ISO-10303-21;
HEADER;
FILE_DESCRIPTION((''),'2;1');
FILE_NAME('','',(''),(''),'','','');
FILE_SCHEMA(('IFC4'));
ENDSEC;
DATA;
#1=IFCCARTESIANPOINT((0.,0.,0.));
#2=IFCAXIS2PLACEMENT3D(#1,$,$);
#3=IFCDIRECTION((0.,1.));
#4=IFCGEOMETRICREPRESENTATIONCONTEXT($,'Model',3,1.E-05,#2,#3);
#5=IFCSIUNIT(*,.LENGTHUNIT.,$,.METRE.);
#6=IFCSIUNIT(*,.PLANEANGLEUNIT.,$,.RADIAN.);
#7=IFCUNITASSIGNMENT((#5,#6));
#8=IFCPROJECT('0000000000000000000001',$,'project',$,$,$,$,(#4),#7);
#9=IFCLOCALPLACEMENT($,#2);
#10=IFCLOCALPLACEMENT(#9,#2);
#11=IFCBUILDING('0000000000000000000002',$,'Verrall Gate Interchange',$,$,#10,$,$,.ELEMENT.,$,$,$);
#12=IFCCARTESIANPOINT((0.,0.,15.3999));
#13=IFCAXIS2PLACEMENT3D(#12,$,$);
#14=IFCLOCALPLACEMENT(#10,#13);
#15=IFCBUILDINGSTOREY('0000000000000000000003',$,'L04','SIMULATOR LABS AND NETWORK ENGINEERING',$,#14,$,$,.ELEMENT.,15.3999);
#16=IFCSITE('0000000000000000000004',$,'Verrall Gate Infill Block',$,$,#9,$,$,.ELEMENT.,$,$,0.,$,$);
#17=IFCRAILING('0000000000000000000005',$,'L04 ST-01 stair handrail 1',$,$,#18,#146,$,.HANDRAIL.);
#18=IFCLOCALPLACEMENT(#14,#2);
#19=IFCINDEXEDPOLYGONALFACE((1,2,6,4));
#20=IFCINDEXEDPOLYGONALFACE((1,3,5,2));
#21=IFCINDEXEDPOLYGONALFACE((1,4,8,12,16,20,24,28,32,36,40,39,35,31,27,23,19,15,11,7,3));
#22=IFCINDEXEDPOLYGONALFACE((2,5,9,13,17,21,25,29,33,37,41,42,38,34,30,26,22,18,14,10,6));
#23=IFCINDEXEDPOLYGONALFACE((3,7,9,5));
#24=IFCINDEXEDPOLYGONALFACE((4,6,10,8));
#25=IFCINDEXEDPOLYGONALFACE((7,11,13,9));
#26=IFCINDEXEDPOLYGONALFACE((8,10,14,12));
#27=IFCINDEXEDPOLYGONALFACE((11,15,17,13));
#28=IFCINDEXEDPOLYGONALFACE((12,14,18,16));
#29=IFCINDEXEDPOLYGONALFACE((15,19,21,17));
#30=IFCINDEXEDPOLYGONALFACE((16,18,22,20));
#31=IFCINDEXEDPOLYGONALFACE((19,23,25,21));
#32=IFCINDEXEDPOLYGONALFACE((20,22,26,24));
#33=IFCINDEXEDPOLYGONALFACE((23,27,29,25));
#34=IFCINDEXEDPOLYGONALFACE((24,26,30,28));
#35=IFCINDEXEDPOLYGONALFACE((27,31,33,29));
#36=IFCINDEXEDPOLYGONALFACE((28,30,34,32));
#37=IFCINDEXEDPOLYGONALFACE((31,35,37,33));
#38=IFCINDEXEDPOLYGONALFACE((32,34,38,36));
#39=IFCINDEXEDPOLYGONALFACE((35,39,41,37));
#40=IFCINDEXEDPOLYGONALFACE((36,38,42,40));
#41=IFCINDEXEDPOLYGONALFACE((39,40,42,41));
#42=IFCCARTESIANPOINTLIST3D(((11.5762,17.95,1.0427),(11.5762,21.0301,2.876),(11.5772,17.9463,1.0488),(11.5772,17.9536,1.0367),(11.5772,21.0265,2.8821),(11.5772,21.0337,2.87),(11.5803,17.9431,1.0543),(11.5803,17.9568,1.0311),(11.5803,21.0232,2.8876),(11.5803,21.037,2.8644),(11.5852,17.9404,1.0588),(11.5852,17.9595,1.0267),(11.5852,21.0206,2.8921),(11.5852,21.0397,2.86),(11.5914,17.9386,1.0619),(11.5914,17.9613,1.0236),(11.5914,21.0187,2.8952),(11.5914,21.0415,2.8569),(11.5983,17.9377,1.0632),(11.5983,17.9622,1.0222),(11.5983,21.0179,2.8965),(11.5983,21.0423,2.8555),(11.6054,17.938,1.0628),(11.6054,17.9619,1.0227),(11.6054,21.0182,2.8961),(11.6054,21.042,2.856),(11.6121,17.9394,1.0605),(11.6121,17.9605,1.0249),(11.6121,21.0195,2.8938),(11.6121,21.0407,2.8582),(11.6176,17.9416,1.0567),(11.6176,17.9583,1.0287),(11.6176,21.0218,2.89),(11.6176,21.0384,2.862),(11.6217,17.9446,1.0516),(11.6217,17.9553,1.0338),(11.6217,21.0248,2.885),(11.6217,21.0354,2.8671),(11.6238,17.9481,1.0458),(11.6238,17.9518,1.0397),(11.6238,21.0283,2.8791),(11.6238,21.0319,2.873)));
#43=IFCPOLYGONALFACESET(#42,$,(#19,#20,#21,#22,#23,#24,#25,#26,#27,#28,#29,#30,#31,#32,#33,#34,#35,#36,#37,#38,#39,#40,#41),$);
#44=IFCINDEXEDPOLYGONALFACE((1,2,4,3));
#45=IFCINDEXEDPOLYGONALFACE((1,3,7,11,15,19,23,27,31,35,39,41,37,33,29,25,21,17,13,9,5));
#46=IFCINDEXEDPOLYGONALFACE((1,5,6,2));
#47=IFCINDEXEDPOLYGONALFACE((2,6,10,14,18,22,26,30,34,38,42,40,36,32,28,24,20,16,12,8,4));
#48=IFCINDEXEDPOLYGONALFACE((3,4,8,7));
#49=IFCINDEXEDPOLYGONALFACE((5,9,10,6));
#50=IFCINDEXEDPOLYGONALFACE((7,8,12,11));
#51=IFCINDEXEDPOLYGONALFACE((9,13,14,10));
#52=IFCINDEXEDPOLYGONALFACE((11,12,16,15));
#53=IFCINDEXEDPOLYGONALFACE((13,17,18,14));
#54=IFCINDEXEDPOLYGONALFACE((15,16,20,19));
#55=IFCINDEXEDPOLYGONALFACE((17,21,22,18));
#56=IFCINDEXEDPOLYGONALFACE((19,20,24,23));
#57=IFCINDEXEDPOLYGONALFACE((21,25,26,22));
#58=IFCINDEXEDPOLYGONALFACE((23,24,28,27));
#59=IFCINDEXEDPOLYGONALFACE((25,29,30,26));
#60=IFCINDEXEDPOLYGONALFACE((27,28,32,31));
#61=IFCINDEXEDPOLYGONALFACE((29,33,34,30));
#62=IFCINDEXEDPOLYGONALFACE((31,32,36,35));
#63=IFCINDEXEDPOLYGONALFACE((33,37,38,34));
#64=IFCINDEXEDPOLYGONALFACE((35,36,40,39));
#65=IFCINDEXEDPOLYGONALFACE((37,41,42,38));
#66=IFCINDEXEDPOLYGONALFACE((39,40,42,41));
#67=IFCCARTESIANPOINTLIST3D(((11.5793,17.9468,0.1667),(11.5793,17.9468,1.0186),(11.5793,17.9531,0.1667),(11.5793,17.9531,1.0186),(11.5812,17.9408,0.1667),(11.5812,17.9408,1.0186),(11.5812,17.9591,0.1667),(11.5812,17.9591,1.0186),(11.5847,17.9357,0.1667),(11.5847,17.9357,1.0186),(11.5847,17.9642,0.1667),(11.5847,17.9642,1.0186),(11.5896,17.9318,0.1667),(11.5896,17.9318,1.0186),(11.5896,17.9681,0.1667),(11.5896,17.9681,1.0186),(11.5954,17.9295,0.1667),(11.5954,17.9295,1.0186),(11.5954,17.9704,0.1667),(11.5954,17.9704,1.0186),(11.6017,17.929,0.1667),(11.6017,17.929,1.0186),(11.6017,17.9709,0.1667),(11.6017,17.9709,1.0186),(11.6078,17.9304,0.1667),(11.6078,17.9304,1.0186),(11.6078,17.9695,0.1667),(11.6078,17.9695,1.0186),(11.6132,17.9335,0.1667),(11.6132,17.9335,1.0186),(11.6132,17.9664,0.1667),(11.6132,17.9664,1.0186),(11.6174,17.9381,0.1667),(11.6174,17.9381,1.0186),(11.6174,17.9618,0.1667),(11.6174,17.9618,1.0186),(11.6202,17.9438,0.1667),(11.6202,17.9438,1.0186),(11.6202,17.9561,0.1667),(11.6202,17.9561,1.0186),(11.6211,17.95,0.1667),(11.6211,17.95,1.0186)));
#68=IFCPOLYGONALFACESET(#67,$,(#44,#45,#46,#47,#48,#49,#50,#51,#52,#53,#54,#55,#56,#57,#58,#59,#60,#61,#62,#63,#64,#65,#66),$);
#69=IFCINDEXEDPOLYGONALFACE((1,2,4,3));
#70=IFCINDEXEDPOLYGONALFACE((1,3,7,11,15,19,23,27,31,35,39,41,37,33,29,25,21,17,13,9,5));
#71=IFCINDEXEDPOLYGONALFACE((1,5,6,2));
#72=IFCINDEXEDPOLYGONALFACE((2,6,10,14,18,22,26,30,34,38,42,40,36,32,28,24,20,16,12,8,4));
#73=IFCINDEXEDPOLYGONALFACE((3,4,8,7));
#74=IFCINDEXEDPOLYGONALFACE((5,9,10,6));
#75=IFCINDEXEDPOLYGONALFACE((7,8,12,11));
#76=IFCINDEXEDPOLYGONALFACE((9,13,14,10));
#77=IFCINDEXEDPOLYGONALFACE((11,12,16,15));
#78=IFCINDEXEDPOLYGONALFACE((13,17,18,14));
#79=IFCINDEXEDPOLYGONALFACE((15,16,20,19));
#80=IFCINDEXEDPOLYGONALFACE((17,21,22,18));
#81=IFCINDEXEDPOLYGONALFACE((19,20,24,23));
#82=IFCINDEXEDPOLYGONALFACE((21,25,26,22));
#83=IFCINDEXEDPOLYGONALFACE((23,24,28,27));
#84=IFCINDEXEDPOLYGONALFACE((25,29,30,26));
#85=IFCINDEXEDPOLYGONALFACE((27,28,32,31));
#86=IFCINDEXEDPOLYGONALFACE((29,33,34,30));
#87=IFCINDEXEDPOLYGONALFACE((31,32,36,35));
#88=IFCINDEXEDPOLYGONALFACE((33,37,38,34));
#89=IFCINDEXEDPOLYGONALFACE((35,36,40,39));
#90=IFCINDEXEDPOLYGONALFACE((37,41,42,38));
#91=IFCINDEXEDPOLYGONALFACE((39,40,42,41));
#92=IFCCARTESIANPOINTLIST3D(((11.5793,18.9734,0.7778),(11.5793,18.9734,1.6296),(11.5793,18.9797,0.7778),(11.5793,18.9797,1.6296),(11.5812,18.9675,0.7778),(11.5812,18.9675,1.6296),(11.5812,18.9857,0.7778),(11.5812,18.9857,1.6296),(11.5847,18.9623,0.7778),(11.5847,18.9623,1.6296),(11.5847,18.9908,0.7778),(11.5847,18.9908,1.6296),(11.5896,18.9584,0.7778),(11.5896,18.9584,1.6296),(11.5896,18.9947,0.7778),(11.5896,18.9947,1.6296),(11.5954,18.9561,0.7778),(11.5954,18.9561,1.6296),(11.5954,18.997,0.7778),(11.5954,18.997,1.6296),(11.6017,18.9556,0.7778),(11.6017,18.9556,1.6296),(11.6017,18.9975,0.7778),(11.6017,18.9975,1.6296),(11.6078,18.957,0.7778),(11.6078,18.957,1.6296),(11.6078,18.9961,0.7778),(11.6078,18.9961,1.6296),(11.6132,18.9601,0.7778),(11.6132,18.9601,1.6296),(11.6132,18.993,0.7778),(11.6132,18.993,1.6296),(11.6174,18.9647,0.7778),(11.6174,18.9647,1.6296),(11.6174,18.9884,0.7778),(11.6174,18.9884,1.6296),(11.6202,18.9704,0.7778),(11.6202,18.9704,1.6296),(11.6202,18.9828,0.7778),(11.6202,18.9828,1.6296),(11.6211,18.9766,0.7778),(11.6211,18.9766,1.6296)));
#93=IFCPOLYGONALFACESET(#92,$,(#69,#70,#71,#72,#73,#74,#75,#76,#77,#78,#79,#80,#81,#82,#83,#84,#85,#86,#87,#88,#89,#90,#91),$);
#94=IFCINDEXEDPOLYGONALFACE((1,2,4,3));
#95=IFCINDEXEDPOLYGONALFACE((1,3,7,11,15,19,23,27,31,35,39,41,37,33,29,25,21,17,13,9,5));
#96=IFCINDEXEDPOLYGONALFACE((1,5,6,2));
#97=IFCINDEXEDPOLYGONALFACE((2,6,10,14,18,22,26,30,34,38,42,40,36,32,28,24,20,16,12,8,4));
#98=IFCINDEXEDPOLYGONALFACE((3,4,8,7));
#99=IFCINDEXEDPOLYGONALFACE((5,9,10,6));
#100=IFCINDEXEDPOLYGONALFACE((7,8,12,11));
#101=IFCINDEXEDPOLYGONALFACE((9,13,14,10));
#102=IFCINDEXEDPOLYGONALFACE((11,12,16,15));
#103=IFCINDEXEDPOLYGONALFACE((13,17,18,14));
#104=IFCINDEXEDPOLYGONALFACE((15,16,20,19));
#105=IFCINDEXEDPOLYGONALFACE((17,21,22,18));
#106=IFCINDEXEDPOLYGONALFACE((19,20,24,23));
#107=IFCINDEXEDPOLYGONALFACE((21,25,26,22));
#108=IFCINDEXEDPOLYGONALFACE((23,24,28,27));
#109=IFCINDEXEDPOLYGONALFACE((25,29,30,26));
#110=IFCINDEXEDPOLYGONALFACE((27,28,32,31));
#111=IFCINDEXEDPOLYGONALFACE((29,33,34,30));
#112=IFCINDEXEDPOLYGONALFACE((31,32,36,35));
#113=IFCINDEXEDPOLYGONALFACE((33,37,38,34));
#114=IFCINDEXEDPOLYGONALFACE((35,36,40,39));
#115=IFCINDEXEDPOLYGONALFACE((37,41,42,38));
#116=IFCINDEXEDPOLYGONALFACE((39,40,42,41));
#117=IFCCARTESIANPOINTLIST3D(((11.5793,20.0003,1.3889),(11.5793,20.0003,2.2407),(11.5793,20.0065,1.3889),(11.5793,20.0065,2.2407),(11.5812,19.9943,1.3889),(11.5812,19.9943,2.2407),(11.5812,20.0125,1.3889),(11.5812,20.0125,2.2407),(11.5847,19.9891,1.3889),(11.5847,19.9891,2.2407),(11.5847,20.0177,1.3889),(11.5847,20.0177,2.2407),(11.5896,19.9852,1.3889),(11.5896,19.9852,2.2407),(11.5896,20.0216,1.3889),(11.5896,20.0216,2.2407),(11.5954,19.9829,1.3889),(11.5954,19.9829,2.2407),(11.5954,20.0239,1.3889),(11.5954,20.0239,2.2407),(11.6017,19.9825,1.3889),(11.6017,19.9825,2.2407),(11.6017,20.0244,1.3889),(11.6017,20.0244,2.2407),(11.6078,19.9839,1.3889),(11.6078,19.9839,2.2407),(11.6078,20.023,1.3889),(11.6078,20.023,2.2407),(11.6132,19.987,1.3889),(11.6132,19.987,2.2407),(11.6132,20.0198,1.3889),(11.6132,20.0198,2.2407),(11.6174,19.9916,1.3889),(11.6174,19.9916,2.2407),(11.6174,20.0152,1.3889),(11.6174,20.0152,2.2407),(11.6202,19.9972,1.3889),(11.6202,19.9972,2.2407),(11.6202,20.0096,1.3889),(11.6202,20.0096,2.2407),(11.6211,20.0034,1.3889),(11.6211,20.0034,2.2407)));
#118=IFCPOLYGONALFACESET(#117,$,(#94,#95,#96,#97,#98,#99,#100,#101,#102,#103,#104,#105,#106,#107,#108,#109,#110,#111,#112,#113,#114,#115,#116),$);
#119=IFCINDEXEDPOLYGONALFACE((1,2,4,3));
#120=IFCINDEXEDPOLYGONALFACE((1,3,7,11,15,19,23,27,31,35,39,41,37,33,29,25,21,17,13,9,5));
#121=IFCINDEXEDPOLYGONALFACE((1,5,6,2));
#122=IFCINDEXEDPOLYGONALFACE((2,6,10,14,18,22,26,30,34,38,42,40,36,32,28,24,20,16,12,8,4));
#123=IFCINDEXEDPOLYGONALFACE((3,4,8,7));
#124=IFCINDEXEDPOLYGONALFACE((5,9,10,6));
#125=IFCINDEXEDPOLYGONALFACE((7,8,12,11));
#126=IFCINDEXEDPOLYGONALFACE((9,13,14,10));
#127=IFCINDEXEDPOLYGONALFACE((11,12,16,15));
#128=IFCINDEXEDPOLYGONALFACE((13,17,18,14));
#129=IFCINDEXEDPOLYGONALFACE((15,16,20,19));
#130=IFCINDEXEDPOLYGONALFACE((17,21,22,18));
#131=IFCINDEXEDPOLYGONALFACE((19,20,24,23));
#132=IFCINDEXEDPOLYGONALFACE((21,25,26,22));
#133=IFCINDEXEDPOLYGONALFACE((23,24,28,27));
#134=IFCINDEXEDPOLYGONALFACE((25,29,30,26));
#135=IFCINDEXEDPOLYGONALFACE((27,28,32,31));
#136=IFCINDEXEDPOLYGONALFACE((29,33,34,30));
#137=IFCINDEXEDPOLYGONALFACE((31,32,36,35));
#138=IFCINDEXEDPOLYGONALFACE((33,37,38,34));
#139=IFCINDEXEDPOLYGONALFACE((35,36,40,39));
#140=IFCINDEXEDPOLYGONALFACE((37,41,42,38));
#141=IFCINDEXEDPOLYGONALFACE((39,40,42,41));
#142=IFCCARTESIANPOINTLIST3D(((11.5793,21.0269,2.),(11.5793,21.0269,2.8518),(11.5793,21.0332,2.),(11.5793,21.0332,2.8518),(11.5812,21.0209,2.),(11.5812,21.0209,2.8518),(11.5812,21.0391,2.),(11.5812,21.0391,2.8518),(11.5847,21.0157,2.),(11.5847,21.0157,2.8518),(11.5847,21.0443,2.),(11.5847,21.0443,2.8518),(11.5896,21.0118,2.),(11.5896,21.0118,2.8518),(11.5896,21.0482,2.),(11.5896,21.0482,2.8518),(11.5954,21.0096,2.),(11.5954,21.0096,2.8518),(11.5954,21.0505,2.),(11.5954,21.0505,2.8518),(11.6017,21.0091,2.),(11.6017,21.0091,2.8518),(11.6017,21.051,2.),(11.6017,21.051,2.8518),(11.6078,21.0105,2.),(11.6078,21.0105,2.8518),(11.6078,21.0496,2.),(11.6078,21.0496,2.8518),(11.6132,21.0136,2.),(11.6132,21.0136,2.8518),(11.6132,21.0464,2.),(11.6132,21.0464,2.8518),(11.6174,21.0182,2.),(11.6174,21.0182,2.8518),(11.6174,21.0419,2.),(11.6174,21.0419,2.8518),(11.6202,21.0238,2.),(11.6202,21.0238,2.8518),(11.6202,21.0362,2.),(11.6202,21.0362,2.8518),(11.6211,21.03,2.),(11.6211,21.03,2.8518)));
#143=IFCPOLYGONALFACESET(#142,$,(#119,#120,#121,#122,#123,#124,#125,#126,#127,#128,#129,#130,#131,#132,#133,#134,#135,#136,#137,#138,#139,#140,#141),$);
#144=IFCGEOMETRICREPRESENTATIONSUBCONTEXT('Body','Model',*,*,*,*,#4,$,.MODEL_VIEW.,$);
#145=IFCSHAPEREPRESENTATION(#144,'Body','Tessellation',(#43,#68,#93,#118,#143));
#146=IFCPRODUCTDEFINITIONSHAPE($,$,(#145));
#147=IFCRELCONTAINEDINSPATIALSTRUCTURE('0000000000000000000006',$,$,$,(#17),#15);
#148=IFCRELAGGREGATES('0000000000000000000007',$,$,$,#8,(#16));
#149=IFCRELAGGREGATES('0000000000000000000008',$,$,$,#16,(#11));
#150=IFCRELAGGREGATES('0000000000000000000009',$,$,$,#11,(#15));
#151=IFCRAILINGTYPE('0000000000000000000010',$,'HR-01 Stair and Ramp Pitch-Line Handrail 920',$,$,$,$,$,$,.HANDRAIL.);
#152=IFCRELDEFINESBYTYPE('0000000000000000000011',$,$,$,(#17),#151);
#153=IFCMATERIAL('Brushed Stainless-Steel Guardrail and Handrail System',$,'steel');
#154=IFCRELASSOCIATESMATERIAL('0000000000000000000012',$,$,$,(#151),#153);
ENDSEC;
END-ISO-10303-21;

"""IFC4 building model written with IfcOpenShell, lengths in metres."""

from ifc_helpers import new_model, si_unit, direction, frame, origin, origin_2d, place, context, subcontext, project, spatial, circle, extrude, material, type_object, element, save


model = new_model("IFC4")

# Units and contexts
model_context = context("Model", 3, precision=1e-05, world=origin(), true_north=direction((0.0, 1.0)))
body_context = subcontext(model_context, "Body", "Model", "MODEL_VIEW")
ifc_project = project(units=[si_unit("LENGTHUNIT", "METRE"), si_unit("PLANEANGLEUNIT", "RADIAN")], contexts=[model_context])

# Site, building, storey
site_placement = place(None, origin())
site = spatial("IfcSite", under=ifc_project, at=site_placement, Name="Verrall Gate Infill Block", CompositionType="ELEMENT", RefElevation=0.0)
building_placement = place(site_placement, origin())
building = spatial("IfcBuilding", under=site, at=building_placement, Name="Verrall Gate Interchange", CompositionType="ELEMENT")
storey_placement = place(building_placement, frame((0.0, 0.0, 15.3999)))
storey = spatial("IfcBuildingStorey", under=building, at=storey_placement, Name="L04", Description="SIMULATOR LABS AND NETWORK ENGINEERING", CompositionType="ELEMENT", Elevation=15.3999)

# Railing
ifc_material_1 = material(Name="Brushed Stainless-Steel Guardrail and Handrail System", Category="steel")
railing_type_1 = type_object("IfcRailingType", Name="HR-01 Stair and Ramp Pitch-Line Handrail 920", PredefinedType="HANDRAIL", material=ifc_material_1)
railing_1_placement = place(storey_placement, frame((11.6001, 17.95, 0.1667)))
element("IfcRailing", 1, at=railing_1_placement, inside=storey, type_object=railing_type_1, Name="L04 ST-01 stair handrail 1", PredefinedType="HANDRAIL", context=body_context, shape_type="SweptSolid", body=[
    extrude(circle(Radius=0.0239, at=origin_2d()), frame((0.0, 0.0, 0.876), z_axis=(0.0, 0.859309, 0.511458), x_axis=(-1.0, 0.0, 0.0)), (0.0, 0.0, 1.0), 3.5845),
    extrude(circle(Radius=0.021, at=origin_2d()), origin(), (0.0, 0.0, 1.0), 0.8518),
    extrude(circle(Radius=0.021, at=origin_2d()), frame((0.0, 1.0266, 0.6111)), (0.0, 0.0, 1.0), 0.8518),
    extrude(circle(Radius=0.021, at=origin_2d()), frame((0.0, 2.0535, 1.2222)), (0.0, 0.0, 1.0), 0.8518),
    extrude(circle(Radius=0.021, at=origin_2d()), frame((0.0, 3.0801, 1.8333)), (0.0, 0.0, 1.0), 0.8518),
])

save(model, "model.ifc")
